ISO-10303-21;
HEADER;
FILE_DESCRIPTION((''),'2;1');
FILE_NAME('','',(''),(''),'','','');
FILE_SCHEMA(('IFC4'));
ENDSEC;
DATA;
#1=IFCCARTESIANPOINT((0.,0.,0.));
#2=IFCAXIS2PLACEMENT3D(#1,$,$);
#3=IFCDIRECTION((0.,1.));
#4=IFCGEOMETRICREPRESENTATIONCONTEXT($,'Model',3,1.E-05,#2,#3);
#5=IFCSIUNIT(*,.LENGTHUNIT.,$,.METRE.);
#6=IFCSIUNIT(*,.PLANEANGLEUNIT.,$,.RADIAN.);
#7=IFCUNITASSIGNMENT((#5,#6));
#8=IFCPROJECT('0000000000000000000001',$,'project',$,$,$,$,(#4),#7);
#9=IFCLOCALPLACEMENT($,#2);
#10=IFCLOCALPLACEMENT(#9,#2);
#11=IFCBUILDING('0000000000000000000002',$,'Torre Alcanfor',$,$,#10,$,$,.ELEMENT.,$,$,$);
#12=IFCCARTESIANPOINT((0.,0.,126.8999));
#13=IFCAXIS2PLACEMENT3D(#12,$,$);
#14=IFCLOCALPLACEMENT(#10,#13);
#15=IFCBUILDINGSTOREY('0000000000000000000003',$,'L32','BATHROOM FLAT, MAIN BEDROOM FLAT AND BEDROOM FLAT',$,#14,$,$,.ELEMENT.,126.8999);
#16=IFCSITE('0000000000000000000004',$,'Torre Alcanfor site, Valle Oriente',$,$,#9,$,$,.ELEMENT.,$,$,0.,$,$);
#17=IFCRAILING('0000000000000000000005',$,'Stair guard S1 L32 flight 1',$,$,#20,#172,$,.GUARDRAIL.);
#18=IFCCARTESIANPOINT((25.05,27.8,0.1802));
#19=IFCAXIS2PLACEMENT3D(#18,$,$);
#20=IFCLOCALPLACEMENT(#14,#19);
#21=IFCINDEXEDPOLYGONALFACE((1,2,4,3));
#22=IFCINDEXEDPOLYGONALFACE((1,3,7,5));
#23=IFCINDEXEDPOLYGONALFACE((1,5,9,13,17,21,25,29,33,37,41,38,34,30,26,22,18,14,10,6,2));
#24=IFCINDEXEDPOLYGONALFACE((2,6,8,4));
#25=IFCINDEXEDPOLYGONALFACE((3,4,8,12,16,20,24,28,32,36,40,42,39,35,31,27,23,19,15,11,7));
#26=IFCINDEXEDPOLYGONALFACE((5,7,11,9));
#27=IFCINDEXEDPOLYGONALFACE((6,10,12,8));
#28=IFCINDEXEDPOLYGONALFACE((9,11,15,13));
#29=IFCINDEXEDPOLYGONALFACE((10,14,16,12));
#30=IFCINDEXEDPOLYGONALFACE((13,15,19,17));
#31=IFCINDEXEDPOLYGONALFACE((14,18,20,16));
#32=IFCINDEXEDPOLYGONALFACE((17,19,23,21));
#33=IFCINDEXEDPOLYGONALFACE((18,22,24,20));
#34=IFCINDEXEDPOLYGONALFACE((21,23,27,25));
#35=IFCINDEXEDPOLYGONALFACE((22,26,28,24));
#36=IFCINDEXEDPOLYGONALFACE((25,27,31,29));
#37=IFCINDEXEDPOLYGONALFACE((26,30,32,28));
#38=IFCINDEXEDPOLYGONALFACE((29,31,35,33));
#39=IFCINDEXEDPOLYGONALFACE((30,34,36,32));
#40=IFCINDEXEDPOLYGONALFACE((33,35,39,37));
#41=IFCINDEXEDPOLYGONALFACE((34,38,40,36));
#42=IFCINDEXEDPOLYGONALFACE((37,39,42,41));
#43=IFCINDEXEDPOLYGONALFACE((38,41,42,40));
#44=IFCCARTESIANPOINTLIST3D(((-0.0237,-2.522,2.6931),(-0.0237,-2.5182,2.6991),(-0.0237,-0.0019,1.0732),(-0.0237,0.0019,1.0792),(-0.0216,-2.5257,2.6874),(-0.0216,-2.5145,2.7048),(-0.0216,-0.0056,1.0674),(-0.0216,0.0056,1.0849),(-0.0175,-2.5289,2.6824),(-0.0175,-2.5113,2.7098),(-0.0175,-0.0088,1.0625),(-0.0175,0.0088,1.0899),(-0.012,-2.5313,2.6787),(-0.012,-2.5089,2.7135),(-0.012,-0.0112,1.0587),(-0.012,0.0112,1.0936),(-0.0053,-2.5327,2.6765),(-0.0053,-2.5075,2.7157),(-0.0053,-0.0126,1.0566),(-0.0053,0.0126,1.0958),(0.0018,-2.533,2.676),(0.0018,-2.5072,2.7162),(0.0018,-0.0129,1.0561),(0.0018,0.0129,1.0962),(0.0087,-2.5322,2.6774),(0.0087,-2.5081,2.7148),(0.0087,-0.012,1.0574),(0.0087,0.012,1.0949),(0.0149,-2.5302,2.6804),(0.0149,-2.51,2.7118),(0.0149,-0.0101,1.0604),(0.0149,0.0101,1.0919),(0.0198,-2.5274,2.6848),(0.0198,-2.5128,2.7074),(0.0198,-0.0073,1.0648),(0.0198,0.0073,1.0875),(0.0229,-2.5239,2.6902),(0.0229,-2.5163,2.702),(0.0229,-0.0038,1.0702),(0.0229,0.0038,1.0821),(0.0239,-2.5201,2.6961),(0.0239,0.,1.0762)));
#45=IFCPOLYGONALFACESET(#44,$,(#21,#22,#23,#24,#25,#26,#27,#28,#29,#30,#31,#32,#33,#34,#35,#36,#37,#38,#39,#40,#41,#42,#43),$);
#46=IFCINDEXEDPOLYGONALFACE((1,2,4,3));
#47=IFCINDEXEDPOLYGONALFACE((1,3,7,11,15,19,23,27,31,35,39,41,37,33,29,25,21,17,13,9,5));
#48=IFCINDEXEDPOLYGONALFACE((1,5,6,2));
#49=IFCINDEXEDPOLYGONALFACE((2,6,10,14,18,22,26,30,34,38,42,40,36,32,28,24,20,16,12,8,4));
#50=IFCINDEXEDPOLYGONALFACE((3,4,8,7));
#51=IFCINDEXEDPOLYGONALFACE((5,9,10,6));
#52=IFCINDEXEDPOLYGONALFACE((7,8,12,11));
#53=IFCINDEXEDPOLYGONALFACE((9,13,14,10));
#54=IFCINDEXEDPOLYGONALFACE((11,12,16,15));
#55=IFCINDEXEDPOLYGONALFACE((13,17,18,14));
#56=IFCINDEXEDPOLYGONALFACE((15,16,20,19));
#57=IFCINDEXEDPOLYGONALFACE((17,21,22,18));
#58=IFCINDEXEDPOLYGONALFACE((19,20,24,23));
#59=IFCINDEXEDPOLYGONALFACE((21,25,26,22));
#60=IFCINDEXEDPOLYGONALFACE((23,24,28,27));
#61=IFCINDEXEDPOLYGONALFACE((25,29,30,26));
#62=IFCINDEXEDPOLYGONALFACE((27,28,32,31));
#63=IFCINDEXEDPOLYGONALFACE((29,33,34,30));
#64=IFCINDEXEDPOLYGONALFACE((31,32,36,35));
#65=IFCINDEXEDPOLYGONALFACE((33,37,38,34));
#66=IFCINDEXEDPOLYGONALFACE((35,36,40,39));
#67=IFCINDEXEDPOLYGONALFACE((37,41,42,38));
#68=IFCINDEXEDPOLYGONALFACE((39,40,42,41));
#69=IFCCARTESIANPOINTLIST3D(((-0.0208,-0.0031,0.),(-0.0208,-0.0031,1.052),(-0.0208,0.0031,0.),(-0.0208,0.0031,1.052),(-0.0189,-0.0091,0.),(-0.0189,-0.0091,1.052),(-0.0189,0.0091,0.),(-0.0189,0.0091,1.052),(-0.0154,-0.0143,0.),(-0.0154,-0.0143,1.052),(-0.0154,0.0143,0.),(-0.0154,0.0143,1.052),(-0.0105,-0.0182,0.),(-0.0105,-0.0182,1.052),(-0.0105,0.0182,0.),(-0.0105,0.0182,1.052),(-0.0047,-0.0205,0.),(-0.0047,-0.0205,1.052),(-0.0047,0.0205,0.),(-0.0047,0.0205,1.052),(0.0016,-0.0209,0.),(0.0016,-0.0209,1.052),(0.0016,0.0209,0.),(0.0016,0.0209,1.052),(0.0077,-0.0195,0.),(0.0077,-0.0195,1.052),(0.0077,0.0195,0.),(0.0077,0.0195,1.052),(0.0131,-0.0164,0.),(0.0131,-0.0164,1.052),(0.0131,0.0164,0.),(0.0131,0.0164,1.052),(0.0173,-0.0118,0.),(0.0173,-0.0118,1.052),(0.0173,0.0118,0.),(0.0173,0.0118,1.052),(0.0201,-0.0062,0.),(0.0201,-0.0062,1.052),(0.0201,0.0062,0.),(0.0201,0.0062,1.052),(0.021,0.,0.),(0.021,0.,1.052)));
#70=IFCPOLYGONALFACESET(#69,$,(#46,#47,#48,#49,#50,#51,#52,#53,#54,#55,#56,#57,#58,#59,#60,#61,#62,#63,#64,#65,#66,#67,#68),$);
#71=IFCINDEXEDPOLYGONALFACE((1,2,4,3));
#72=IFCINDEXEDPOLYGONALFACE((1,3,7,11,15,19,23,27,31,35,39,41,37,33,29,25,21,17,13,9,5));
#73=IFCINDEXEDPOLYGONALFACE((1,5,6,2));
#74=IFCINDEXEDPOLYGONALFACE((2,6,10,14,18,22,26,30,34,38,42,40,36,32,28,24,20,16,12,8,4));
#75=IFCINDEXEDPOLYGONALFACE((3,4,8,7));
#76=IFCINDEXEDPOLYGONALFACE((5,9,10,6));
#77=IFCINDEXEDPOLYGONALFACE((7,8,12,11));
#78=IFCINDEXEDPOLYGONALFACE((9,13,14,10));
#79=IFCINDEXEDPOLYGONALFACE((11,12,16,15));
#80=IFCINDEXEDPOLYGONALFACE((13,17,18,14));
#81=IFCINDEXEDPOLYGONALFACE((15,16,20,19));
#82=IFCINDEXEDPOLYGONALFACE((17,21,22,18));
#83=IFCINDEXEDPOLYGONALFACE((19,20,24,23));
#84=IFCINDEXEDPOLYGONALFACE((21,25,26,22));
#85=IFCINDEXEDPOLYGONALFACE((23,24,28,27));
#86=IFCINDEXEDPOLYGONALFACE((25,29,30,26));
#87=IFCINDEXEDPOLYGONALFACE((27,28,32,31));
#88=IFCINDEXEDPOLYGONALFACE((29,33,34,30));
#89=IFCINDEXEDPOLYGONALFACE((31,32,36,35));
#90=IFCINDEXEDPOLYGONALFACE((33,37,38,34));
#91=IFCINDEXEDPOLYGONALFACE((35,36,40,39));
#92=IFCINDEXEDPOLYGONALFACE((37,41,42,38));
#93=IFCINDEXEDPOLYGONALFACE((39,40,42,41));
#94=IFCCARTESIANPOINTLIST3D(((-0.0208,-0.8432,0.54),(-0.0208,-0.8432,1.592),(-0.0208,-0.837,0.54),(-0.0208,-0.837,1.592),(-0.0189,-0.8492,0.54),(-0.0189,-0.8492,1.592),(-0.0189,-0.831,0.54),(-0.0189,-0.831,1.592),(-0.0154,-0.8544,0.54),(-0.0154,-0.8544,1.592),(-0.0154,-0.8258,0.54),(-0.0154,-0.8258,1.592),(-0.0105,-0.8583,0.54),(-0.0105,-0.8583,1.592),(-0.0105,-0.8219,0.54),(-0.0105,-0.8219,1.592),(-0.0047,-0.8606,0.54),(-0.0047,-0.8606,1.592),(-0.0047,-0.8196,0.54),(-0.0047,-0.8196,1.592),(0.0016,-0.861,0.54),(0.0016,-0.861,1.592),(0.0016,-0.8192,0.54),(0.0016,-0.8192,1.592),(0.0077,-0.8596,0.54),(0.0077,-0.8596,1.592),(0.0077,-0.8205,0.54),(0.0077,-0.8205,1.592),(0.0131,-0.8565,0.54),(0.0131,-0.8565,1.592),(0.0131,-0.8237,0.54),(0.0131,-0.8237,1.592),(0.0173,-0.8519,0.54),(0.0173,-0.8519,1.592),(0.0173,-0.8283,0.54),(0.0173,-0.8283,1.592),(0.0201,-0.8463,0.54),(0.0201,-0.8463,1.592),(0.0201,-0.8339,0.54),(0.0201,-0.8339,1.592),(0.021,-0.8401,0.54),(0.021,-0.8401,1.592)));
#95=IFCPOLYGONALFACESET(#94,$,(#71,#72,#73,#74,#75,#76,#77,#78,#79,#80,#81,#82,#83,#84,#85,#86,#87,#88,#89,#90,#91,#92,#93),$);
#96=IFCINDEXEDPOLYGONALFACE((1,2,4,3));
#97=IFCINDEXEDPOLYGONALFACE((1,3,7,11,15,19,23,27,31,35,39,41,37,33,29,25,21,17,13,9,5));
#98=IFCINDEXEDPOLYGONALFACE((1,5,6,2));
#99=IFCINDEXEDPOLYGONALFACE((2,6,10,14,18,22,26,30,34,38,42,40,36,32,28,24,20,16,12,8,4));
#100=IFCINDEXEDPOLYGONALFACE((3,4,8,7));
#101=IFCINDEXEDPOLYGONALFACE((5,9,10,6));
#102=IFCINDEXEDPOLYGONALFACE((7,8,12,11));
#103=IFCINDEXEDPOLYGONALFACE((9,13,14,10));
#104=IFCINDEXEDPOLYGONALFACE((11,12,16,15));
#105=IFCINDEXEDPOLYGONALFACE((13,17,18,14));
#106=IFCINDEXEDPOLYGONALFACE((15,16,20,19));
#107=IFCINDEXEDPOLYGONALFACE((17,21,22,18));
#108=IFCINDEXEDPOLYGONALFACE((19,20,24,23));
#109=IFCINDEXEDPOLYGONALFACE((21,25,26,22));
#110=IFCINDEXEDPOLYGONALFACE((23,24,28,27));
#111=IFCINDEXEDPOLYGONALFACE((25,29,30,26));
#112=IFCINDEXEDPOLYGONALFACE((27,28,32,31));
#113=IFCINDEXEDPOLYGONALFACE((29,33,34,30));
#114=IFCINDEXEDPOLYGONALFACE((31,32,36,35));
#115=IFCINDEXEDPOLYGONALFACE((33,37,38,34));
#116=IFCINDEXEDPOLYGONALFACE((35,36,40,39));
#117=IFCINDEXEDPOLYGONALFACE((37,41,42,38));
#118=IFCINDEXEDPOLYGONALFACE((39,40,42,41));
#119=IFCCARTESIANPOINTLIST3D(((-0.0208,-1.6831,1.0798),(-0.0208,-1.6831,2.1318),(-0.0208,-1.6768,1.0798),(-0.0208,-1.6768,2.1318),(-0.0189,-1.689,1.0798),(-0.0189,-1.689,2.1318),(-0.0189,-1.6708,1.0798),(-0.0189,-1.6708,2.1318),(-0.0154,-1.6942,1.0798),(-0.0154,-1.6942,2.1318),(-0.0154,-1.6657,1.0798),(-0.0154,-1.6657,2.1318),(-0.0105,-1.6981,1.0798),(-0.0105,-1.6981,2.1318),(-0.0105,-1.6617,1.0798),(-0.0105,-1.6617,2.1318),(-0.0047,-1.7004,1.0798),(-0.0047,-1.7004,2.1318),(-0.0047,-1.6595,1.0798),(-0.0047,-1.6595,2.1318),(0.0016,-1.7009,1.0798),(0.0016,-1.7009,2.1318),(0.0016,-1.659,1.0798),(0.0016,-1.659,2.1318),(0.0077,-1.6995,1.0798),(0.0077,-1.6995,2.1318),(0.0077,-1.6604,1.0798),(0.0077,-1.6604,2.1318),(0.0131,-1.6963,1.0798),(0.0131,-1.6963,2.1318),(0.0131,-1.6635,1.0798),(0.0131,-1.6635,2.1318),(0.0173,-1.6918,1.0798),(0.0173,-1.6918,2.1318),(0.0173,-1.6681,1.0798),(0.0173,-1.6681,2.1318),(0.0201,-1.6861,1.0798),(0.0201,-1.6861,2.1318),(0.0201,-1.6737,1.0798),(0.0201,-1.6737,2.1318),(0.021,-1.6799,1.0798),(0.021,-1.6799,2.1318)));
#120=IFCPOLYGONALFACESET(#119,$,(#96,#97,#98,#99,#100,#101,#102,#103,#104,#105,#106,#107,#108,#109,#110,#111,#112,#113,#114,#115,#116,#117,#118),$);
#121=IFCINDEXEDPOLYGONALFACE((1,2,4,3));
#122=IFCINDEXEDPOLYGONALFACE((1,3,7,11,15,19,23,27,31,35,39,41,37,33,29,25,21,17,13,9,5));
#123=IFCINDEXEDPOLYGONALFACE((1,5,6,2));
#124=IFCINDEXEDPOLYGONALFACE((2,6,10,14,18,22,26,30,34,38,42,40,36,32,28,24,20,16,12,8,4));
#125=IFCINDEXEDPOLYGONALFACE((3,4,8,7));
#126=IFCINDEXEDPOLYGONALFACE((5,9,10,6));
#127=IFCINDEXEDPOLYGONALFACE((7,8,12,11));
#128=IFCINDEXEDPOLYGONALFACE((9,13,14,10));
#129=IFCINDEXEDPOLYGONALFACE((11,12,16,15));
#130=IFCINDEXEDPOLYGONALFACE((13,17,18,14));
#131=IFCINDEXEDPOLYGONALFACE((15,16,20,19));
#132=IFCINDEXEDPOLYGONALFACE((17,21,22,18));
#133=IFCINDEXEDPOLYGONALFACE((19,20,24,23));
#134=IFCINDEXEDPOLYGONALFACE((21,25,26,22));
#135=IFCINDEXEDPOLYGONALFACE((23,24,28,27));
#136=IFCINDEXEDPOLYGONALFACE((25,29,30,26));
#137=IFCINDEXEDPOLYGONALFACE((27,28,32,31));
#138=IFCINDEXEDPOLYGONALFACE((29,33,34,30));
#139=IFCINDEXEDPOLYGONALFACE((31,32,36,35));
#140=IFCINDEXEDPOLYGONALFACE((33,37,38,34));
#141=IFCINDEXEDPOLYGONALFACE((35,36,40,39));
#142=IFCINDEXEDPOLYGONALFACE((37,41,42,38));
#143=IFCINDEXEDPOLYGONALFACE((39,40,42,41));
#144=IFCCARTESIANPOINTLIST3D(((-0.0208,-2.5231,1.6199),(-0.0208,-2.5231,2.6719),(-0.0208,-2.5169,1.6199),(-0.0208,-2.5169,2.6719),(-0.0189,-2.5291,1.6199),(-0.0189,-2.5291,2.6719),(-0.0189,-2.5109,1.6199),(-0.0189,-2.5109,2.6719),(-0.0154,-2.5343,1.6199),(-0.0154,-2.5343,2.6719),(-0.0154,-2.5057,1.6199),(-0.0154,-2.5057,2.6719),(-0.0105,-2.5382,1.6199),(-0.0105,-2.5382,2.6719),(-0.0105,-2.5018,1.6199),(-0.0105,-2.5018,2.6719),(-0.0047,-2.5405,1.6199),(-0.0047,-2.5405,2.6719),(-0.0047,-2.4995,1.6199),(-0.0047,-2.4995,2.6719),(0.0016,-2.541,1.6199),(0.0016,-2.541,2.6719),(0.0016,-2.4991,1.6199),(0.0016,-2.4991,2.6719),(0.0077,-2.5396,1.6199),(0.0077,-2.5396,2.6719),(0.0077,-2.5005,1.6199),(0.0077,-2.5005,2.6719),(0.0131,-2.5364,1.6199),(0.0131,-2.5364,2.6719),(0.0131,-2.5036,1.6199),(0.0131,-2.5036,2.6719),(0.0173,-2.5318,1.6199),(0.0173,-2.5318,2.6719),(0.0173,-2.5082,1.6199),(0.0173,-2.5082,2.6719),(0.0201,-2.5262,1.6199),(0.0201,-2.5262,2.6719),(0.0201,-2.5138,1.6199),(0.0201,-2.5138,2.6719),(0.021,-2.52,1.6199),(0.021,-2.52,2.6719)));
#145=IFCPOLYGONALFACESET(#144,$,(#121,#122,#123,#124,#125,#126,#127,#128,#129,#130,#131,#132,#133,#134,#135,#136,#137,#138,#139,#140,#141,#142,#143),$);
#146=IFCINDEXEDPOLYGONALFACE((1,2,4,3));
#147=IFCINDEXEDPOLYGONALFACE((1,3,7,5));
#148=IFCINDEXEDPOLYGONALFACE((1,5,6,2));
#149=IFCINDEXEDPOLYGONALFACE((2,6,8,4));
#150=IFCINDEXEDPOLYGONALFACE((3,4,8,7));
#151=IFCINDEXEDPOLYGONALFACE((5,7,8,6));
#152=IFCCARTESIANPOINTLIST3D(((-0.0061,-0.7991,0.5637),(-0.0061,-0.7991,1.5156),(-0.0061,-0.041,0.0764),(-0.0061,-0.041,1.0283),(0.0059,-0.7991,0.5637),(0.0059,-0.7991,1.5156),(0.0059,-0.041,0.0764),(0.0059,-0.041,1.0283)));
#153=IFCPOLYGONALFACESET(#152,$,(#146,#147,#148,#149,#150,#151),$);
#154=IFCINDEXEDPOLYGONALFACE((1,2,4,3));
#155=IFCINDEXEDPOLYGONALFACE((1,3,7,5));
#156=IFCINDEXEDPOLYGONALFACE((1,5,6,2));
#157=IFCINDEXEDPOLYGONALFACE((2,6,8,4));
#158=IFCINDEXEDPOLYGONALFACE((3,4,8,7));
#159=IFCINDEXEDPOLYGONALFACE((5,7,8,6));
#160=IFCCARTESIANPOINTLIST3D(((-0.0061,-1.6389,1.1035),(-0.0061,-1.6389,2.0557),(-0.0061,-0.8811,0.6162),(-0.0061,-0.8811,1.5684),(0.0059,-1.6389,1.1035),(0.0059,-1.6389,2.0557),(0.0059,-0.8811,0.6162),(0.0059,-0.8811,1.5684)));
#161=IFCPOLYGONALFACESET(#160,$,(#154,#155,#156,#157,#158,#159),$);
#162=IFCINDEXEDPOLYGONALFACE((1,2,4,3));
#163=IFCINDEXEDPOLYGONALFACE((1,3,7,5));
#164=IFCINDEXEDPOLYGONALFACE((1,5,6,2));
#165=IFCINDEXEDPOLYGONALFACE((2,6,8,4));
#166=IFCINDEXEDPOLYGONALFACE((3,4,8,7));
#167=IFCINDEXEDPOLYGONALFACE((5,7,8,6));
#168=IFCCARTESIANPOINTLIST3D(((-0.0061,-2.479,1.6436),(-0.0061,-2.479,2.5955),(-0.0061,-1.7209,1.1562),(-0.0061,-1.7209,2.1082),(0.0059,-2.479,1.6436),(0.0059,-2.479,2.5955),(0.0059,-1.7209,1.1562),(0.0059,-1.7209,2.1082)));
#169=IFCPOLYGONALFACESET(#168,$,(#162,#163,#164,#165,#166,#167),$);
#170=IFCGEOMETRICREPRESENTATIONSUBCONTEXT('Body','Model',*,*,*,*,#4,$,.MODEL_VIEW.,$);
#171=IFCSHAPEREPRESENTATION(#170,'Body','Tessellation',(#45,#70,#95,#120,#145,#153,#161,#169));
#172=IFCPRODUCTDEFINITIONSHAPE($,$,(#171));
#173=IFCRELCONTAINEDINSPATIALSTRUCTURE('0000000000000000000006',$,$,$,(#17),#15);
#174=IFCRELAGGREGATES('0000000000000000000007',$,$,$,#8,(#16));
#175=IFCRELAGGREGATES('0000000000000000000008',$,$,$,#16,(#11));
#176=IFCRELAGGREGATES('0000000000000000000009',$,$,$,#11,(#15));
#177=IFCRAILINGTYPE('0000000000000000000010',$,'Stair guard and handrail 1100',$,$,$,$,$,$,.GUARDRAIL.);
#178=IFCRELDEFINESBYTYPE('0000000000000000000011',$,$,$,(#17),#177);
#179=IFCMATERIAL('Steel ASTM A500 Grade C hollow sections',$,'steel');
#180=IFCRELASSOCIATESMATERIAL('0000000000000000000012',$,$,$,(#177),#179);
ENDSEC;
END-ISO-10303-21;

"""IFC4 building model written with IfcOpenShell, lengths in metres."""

from ifc_helpers import new_model, si_unit, direction, frame, origin, origin_2d, place, context, subcontext, project, spatial, polyline, circle, outline, extrude, material, type_object, element, save


model = new_model("IFC4")

# Units and contexts
model_context = context("Model", 3, precision=1e-05, world=origin(), true_north=direction((0.0, 1.0)))
body_context = subcontext(model_context, "Body", "Model", "MODEL_VIEW")
ifc_project = project(units=[si_unit("LENGTHUNIT", "METRE"), si_unit("PLANEANGLEUNIT", "RADIAN")], contexts=[model_context])

# Site, building, storey
site_placement = place(None, origin())
site = spatial("IfcSite", under=ifc_project, at=site_placement, Name="Torre Alcanfor site, Valle Oriente", CompositionType="ELEMENT", RefElevation=0.0)
building_placement = place(site_placement, origin())
building = spatial("IfcBuilding", under=site, at=building_placement, Name="Torre Alcanfor", CompositionType="ELEMENT")
storey_placement = place(building_placement, frame((0.0, 0.0, 126.8999)))
storey = spatial("IfcBuildingStorey", under=building, at=storey_placement, Name="L32", Description="BATHROOM FLAT, MAIN BEDROOM FLAT AND BEDROOM FLAT", CompositionType="ELEMENT", Elevation=126.8999)

# Railing
ifc_material_1 = material(Name="Steel ASTM A500 Grade C hollow sections", Category="steel")
railing_type_1 = type_object("IfcRailingType", Name="Stair guard and handrail 1100", PredefinedType="GUARDRAIL", material=ifc_material_1)
railing_1_placement = place(storey_placement, frame((25.05, 27.8, 0.1802)))
element("IfcRailing", 1, at=railing_1_placement, inside=storey, type_object=railing_type_1, Name="Stair guard S1 L32 flight 1", PredefinedType="GUARDRAIL", context=body_context, shape_type="SweptSolid", body=[
    extrude(circle(Radius=0.0239, at=origin_2d()), frame((0.0, 0.0, 1.0762), z_axis=(0.0, -0.8412, 0.540725), x_axis=(1.0, 0.0, 0.0)), (0.0, 0.0, 1.0), 2.9958),
    extrude(circle(Radius=0.021, at=origin_2d()), origin(), (0.0, 0.0, 1.0), 1.052),
    extrude(circle(Radius=0.021, at=origin_2d()), frame((0.0, -0.8401, 0.54)), (0.0, 0.0, 1.0), 1.052),
    extrude(circle(Radius=0.021, at=origin_2d()), frame((0.0, -1.6799, 1.0798)), (0.0, 0.0, 1.0), 1.052),
    extrude(circle(Radius=0.021, at=origin_2d()), frame((0.0, -2.52, 1.6199)), (0.0, 0.0, 1.0), 1.052),
    extrude(outline(polyline([(0.041, 0.0764), (0.7991, 0.5637), (0.7991, 1.5156), (0.041, 1.0283), (0.041, 0.0764)])), frame((0.0059, 0.0, 0.0), z_axis=(-1.0, 0.0, 0.0), x_axis=(0.0, -1.0, 0.0)), (0.0, 0.0, 1.0), 0.012),
    extrude(outline(polyline([(0.8811, 0.6162), (1.6389, 1.1035), (1.6389, 2.0557), (0.8811, 1.5684), (0.8811, 0.6162)])), frame((0.0059, 0.0, 0.0), z_axis=(-1.0, 0.0, 0.0), x_axis=(0.0, -1.0, 0.0)), (0.0, 0.0, 1.0), 0.012),
    extrude(outline(polyline([(1.7209, 1.1562), (2.479, 1.6436), (2.479, 2.5955), (1.7209, 2.1082), (1.7209, 1.1562)])), frame((0.0059, 0.0, 0.0), z_axis=(-1.0, 0.0, 0.0), x_axis=(0.0, -1.0, 0.0)), (0.0, 0.0, 1.0), 0.012),
])

save(model, "model.ifc")
